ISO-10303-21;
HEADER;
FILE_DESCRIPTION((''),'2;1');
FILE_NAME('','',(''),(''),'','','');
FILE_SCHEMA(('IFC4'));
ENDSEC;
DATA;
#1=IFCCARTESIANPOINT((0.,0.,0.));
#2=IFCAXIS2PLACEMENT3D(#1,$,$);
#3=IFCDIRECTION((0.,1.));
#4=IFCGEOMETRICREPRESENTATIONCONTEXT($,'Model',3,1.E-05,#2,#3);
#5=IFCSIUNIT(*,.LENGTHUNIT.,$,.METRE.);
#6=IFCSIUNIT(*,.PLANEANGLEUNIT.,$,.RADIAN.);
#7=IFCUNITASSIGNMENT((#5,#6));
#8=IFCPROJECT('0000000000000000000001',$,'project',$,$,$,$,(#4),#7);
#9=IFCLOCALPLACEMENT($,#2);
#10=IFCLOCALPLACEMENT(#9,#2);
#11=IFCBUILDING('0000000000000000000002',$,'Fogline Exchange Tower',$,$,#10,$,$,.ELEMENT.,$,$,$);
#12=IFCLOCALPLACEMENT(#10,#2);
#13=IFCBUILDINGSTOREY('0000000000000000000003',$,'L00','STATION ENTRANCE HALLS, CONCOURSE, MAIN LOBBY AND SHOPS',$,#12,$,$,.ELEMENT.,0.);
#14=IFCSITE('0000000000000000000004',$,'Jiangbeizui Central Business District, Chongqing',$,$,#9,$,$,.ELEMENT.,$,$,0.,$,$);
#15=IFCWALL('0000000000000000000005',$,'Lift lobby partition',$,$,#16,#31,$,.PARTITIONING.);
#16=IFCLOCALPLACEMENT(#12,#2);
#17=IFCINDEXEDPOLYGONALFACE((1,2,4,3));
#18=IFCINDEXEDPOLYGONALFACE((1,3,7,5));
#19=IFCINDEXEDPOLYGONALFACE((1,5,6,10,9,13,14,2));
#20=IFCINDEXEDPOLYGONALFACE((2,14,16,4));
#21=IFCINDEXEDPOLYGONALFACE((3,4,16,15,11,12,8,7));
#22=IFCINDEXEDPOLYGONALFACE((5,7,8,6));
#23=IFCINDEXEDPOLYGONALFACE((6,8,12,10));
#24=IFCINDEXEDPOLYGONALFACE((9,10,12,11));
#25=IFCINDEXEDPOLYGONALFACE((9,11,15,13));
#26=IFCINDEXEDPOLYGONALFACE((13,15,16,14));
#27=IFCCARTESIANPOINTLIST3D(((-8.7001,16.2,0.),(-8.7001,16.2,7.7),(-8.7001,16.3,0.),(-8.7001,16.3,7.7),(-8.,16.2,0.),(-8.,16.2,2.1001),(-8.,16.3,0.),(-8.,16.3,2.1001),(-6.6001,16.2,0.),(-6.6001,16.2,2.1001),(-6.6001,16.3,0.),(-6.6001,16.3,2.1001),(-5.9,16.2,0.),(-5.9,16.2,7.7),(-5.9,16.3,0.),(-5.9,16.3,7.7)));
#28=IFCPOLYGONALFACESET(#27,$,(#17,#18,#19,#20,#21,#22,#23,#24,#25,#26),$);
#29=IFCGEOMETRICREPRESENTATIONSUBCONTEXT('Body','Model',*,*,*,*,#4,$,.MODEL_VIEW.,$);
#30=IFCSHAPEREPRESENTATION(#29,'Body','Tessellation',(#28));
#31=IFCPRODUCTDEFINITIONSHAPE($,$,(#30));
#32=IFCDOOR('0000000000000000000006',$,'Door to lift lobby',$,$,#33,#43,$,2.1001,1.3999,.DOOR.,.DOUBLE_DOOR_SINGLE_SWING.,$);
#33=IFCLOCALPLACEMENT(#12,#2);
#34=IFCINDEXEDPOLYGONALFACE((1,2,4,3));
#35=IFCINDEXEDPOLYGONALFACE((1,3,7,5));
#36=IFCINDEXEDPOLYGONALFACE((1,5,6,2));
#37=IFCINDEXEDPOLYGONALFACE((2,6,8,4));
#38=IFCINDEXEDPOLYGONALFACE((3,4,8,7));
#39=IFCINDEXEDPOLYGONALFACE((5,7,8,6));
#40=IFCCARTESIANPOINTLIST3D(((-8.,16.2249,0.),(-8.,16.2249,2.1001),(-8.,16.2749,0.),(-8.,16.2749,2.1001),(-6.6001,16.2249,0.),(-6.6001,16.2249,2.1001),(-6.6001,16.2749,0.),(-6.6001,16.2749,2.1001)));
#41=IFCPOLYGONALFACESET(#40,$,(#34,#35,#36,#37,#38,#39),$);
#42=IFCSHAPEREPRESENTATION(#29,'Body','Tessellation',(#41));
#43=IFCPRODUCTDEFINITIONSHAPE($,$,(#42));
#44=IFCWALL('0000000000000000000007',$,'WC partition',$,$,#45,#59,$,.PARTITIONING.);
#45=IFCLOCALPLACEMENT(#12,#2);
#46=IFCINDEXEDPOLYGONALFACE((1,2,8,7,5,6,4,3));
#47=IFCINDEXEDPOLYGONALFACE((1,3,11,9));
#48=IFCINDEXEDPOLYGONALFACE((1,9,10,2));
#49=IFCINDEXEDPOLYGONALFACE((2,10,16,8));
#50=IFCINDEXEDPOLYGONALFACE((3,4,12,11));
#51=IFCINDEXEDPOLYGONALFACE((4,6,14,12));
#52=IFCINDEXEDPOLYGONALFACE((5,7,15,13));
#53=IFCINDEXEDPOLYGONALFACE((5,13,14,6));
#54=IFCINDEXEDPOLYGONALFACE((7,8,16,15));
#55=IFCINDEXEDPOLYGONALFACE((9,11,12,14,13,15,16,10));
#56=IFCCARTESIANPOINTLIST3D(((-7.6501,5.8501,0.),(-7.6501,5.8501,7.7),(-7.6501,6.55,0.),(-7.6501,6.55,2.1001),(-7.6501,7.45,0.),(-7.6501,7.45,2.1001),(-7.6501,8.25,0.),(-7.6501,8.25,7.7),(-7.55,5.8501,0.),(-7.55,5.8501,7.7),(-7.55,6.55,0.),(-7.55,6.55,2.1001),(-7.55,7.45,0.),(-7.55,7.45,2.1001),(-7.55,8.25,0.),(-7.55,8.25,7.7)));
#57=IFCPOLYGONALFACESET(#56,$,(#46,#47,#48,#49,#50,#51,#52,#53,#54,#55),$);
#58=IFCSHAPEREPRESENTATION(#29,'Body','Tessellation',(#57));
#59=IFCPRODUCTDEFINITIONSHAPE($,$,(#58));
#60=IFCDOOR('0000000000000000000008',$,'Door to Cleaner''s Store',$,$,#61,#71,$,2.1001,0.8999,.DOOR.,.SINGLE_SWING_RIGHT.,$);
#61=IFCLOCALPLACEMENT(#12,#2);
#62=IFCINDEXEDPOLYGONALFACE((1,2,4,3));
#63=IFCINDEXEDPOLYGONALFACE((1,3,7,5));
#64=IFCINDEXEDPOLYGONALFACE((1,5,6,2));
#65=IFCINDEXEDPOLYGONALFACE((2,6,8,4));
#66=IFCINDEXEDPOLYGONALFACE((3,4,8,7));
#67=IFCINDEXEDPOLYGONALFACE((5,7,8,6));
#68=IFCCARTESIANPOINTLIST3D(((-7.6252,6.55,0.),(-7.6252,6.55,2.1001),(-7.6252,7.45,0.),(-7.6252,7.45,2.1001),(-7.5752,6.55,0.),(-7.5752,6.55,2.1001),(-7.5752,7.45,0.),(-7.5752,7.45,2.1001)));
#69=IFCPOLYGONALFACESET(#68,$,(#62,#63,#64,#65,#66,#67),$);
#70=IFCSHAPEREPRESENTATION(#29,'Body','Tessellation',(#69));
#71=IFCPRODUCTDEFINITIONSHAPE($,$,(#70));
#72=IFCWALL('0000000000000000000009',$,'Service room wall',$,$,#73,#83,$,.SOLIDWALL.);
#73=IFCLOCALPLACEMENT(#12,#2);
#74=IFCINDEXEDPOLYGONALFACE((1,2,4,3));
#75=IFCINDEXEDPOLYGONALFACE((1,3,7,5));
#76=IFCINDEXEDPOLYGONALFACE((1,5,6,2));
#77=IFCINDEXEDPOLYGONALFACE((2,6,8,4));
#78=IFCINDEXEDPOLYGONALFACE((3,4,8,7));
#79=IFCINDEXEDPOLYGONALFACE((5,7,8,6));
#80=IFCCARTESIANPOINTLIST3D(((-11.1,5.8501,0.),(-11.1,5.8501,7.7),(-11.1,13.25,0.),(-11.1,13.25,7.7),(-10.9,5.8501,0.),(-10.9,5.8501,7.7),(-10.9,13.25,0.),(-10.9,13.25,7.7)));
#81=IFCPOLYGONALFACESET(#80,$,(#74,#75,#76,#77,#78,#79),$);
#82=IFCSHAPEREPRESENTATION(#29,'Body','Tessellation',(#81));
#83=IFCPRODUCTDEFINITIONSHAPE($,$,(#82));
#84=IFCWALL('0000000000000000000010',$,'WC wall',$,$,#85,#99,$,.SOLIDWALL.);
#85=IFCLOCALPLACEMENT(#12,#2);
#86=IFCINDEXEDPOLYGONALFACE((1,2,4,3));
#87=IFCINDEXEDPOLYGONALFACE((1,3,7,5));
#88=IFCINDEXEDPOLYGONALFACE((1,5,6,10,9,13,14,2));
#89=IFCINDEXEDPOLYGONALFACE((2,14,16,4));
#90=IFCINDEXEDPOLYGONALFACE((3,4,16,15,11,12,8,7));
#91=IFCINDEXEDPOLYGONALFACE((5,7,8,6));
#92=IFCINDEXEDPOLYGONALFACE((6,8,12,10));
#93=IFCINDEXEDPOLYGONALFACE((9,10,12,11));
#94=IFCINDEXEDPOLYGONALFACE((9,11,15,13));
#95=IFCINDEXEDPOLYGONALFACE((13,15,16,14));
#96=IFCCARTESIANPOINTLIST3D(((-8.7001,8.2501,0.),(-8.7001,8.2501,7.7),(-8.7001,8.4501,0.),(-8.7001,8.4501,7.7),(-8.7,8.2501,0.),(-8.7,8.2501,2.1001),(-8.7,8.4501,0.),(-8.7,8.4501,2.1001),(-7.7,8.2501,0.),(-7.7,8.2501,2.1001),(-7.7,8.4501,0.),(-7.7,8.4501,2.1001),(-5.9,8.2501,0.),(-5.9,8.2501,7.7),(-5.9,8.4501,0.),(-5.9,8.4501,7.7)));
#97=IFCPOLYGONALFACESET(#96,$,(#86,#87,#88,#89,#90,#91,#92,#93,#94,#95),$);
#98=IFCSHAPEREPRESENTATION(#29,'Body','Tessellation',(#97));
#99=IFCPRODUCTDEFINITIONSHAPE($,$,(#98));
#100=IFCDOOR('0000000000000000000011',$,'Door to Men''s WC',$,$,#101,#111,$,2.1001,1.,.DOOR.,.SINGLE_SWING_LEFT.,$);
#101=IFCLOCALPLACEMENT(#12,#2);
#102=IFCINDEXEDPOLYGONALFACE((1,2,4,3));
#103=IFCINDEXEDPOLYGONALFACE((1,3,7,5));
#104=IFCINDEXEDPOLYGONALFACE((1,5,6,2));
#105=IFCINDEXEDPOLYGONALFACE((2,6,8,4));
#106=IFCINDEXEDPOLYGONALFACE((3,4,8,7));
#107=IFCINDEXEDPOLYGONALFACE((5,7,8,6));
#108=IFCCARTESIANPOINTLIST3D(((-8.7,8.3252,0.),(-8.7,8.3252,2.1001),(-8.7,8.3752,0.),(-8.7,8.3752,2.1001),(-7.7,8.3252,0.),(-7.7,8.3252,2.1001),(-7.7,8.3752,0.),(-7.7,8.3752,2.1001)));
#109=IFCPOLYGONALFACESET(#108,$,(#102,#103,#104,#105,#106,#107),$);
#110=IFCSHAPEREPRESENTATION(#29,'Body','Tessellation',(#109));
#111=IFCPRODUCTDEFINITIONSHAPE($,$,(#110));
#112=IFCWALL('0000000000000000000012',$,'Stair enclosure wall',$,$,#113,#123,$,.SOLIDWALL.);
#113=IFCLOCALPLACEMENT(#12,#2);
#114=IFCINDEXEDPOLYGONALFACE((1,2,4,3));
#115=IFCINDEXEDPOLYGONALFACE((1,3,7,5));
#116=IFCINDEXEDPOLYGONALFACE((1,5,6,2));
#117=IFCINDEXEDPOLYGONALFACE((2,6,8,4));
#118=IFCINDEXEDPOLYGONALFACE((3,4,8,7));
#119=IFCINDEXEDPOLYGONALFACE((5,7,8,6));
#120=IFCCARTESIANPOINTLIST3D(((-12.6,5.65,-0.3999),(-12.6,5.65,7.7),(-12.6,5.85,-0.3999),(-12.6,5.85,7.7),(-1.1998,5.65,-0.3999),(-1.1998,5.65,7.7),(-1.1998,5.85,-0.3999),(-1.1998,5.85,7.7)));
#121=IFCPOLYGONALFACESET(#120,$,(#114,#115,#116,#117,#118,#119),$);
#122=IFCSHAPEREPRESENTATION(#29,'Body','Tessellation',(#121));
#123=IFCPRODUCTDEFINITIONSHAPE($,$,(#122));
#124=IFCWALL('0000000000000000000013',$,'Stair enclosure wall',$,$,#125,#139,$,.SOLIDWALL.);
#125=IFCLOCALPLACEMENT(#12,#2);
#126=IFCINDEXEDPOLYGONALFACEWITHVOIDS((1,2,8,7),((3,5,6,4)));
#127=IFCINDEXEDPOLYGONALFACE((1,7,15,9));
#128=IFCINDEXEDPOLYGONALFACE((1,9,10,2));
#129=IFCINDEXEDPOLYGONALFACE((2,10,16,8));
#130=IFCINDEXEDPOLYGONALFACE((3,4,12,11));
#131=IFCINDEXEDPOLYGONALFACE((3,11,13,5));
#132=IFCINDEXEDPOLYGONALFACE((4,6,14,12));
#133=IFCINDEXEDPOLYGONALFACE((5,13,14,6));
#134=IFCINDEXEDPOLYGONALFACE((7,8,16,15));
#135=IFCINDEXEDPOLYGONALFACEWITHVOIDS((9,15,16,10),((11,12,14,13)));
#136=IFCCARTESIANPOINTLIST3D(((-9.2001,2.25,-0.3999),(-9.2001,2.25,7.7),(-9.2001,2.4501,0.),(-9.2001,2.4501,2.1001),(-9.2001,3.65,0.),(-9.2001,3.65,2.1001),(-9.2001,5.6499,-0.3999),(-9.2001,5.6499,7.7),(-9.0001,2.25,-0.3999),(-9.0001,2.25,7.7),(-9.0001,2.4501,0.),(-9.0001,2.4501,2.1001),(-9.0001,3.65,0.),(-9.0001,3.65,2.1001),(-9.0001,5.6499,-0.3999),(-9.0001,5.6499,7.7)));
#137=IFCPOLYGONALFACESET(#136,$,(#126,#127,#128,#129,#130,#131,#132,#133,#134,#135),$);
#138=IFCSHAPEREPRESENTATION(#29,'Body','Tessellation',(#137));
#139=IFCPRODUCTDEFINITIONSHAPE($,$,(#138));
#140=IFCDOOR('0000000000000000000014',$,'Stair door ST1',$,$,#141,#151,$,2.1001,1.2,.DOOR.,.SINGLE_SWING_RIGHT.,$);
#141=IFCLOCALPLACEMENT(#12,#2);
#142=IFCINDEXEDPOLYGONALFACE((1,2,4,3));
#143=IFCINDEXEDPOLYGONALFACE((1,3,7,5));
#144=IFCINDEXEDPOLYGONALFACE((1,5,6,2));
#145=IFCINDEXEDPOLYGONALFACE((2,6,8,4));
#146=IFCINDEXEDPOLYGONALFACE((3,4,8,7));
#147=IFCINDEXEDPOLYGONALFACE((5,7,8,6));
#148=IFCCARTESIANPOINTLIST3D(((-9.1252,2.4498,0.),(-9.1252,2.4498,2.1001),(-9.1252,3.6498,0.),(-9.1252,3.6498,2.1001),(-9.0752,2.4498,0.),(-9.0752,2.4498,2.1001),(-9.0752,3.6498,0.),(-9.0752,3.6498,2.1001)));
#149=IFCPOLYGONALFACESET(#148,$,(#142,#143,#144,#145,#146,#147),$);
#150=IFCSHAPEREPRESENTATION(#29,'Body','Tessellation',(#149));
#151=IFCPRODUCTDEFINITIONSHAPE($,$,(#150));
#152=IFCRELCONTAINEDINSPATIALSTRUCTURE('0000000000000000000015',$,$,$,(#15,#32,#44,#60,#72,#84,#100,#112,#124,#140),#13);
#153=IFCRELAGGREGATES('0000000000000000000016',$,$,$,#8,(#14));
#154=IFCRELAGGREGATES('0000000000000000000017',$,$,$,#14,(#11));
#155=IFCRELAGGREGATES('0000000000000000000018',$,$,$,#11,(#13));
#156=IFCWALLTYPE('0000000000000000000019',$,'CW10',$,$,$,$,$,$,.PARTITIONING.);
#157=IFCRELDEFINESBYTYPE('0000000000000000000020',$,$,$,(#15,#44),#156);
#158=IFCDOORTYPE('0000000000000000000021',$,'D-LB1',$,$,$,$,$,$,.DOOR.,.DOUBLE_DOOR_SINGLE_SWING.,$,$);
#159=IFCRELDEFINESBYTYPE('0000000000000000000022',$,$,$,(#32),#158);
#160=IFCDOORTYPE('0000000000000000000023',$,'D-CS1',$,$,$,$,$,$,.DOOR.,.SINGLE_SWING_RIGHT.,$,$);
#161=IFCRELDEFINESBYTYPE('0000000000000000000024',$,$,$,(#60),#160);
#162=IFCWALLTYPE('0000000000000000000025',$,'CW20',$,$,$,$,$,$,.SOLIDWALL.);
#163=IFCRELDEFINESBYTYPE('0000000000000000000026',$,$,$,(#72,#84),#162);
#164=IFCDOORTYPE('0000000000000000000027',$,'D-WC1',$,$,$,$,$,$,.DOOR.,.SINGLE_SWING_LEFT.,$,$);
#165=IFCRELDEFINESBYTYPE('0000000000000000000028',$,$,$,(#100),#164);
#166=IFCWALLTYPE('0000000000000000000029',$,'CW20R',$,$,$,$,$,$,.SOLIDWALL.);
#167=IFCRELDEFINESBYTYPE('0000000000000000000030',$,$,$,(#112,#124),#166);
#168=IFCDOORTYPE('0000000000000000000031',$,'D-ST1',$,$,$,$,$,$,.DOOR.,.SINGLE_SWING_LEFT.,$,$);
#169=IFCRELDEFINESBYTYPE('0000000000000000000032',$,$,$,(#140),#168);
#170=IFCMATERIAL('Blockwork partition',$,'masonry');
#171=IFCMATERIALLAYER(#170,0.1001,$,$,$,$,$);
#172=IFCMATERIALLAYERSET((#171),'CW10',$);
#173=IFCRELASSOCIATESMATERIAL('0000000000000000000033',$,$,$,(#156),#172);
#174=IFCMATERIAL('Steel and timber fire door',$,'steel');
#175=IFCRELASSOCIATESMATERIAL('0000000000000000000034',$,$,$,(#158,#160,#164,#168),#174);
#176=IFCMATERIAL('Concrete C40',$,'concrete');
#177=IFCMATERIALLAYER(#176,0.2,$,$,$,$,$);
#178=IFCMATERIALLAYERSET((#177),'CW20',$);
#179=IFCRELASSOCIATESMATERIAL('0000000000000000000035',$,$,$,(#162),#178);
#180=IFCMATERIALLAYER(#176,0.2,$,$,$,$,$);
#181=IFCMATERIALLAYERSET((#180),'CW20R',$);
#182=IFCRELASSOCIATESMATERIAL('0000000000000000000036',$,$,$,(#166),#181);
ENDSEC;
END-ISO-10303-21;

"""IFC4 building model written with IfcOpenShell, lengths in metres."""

from ifc_helpers import new_model, si_unit, direction, frame, frame_2d, origin, place, context, subcontext, project, spatial, rectangle, extrude, material, layer, layer_set, type_object, element, fill, save


model = new_model("IFC4")

# Units and contexts
model_context = context("Model", 3, precision=1e-05, world=origin(), true_north=direction((0.0, 1.0)))
body_context = subcontext(model_context, "Body", "Model", "MODEL_VIEW")
ifc_project = project(units=[si_unit("LENGTHUNIT", "METRE"), si_unit("PLANEANGLEUNIT", "RADIAN")], contexts=[model_context])

# Site, building, storey
site_placement = place(None, origin())
site = spatial("IfcSite", under=ifc_project, at=site_placement, Name="Jiangbeizui Central Business District, Chongqing", CompositionType="ELEMENT", RefElevation=0.0)
building_placement = place(site_placement, origin())
building = spatial("IfcBuilding", under=site, at=building_placement, Name="Fogline Exchange Tower", CompositionType="ELEMENT")
storey_placement = place(building_placement, origin())
storey = spatial("IfcBuildingStorey", under=building, at=storey_placement, Name="L00", Description="STATION ENTRANCE HALLS, CONCOURSE, MAIN LOBBY AND SHOPS", CompositionType="ELEMENT", Elevation=0.0)

# Walls, openings, doors
ifc_material_1 = material(Name="Blockwork partition", Category="masonry")
ifc_layer_1 = layer(ifc_material_1, 0.1001)
ifc_layer_set_1 = layer_set([ifc_layer_1], Name="CW10")
wall_type_1 = type_object("IfcWallType", Name="CW10", PredefinedType="PARTITIONING", material=ifc_layer_set_1)
wall_1_placement = place(storey_placement, frame((-8.7, 16.25, 0.0), z_axis=(0.0, 0.0, 1.0), x_axis=(1.0, 0.0, 0.0)))
wall_1 = element("IfcWall", 1, at=wall_1_placement, inside=storey, type_object=wall_type_1, Name="Lift lobby partition", PredefinedType="PARTITIONING", context=body_context, shape_type="SweptSolid", body=[
    extrude(rectangle(XDim=2.8, YDim=0.1001, at=frame_2d((1.3999, 0.0))), origin(), (0.0, 0.0, 1.0), 7.7),
])
opening_1_placement = place(wall_1_placement, frame((0.7, 0.0, 0.0)))
opening_1 = element("IfcOpeningElement", 2, at=opening_1_placement, cuts=wall_1, PredefinedType="OPENING", context=body_context, shape_type="SweptSolid", body=[
    extrude(rectangle(XDim=1.3999, YDim=2.1001, at=frame_2d((0.7, 1.05))), frame((0.0, 0.0601, 0.0), z_axis=(0.0, -1.0, 0.0), x_axis=(1.0, 0.0, 0.0)), (0.0, 0.0, 1.0), 0.1201),
])
ifc_material_2 = material(Name="Steel and timber fire door", Category="steel")
door_type_1 = type_object("IfcDoorType", Name="D-LB1", OperationType="DOUBLE_DOOR_SINGLE_SWING", PredefinedType="DOOR", material=ifc_material_2)
door_1_placement = place(opening_1_placement, origin())
door_1 = element("IfcDoor", 3, at=door_1_placement, inside=storey, type_object=door_type_1, Name="Door to lift lobby", OperationType="DOUBLE_DOOR_SINGLE_SWING", OverallHeight=2.1001, OverallWidth=1.3999, PredefinedType="DOOR", context=body_context, shape_type="SweptSolid", body=[
    extrude(rectangle(XDim=1.3999, YDim=2.1001, at=frame_2d((0.7, 1.05))), frame((0.0, 0.0249, 0.0), z_axis=(0.0, -1.0, 0.0), x_axis=(1.0, 0.0, 0.0)), (0.0, 0.0, 1.0), 0.05),
])
fill(opening_1, door_1)
wall_2_placement = place(storey_placement, frame((-7.6001, 5.8501, 0.0), z_axis=(0.0, 0.0, 1.0), x_axis=(0.0, 1.0, 0.0)))
wall_2 = element("IfcWall", 4, at=wall_2_placement, inside=storey, type_object=wall_type_1, Name="WC partition", PredefinedType="PARTITIONING", context=body_context, shape_type="SweptSolid", body=[
    extrude(rectangle(XDim=2.3999, YDim=0.1001, at=frame_2d((1.2, 0.0))), origin(), (0.0, 0.0, 1.0), 7.7),
])
opening_2_placement = place(wall_2_placement, frame((0.7, 0.0, 0.0)))
opening_2 = element("IfcOpeningElement", 5, at=opening_2_placement, cuts=wall_2, PredefinedType="OPENING", context=body_context, shape_type="SweptSolid", body=[
    extrude(rectangle(XDim=0.8999, YDim=2.1001, at=frame_2d((0.45, 1.05))), frame((0.0, 0.0601, 0.0), z_axis=(0.0, -1.0, 0.0), x_axis=(1.0, 0.0, 0.0)), (0.0, 0.0, 1.0), 0.1201),
])
door_type_2 = type_object("IfcDoorType", Name="D-CS1", OperationType="SINGLE_SWING_RIGHT", PredefinedType="DOOR", material=ifc_material_2)
door_2_placement = place(opening_2_placement, frame((0.8999, 0.0, 0.0), z_axis=(0.0, 0.0, 1.0), x_axis=(-1.0, 0.0, 0.0)))
door_2 = element("IfcDoor", 6, at=door_2_placement, inside=storey, type_object=door_type_2, Name="Door to Cleaner's Store", OperationType="SINGLE_SWING_RIGHT", OverallHeight=2.1001, OverallWidth=0.8999, PredefinedType="DOOR", context=body_context, shape_type="SweptSolid", body=[
    extrude(rectangle(XDim=0.8999, YDim=2.1001, at=frame_2d((0.45, 1.05))), frame((0.0, 0.0249, 0.0), z_axis=(0.0, -1.0, 0.0), x_axis=(1.0, 0.0, 0.0)), (0.0, 0.0, 1.0), 0.05),
])
fill(opening_2, door_2)

# Wall
ifc_material_3 = material(Name="Concrete C40", Category="concrete")
ifc_layer_2 = layer(ifc_material_3, 0.2)
ifc_layer_set_2 = layer_set([ifc_layer_2], Name="CW20")
wall_type_2 = type_object("IfcWallType", Name="CW20", PredefinedType="SOLIDWALL", material=ifc_layer_set_2)
wall_3_placement = place(storey_placement, frame((-11.0, 5.8501, 0.0), z_axis=(0.0, 0.0, 1.0), x_axis=(0.0, 1.0, 0.0)))
element("IfcWall", 7, at=wall_3_placement, inside=storey, type_object=wall_type_2, Name="Service room wall", PredefinedType="SOLIDWALL", context=body_context, shape_type="SweptSolid", body=[
    extrude(rectangle(XDim=7.3999, YDim=0.2, at=frame_2d((3.7, 0.0))), origin(), (0.0, 0.0, 1.0), 7.7),
])

# Wall, opening, door
wall_4_placement = place(storey_placement, frame((-8.7, 8.3501, 0.0), z_axis=(0.0, 0.0, 1.0), x_axis=(1.0, 0.0, 0.0)))
wall_4 = element("IfcWall", 8, at=wall_4_placement, inside=storey, type_object=wall_type_2, Name="WC wall", PredefinedType="SOLIDWALL", context=body_context, shape_type="SweptSolid", body=[
    extrude(rectangle(XDim=2.8, YDim=0.2, at=frame_2d((1.3999, 0.0))), origin(), (0.0, 0.0, 1.0), 7.7),
])
opening_3_placement = place(wall_4_placement, origin())
opening_3 = element("IfcOpeningElement", 9, at=opening_3_placement, cuts=wall_4, PredefinedType="OPENING", context=body_context, shape_type="SweptSolid", body=[
    extrude(rectangle(XDim=1.0, YDim=2.1001, at=frame_2d((0.5, 1.05))), frame((0.0, 0.1099, 0.0), z_axis=(0.0, -1.0, 0.0), x_axis=(1.0, 0.0, 0.0)), (0.0, 0.0, 1.0), 0.22),
])
door_type_3 = type_object("IfcDoorType", Name="D-WC1", OperationType="SINGLE_SWING_LEFT", PredefinedType="DOOR", material=ifc_material_2)
door_3_placement = place(opening_3_placement, frame((1.0, 0.0, 0.0), z_axis=(0.0, 0.0, 1.0), x_axis=(-1.0, 0.0, 0.0)))
door_3 = element("IfcDoor", 10, at=door_3_placement, inside=storey, type_object=door_type_3, Name="Door to Men's WC", OperationType="SINGLE_SWING_LEFT", OverallHeight=2.1001, OverallWidth=1.0, PredefinedType="DOOR", context=body_context, shape_type="SweptSolid", body=[
    extrude(rectangle(XDim=1.0, YDim=2.1001, at=frame_2d((0.5, 1.05))), frame((0.0, 0.0249, 0.0), z_axis=(0.0, -1.0, 0.0), x_axis=(1.0, 0.0, 0.0)), (0.0, 0.0, 1.0), 0.05),
])
fill(opening_3, door_3)

# Wall
ifc_layer_3 = layer(ifc_material_3, 0.2)
ifc_layer_set_3 = layer_set([ifc_layer_3], Name="CW20R")
wall_type_3 = type_object("IfcWallType", Name="CW20R", PredefinedType="SOLIDWALL", material=ifc_layer_set_3)
wall_5_placement = place(storey_placement, frame((-12.6001, 5.75, -0.3999), z_axis=(0.0, 0.0, 1.0), x_axis=(1.0, 0.0, 0.0)))
element("IfcWall", 11, at=wall_5_placement, inside=storey, type_object=wall_type_3, Name="Stair enclosure wall", PredefinedType="SOLIDWALL", context=body_context, shape_type="SweptSolid", body=[
    extrude(rectangle(XDim=11.4001, YDim=0.2, at=frame_2d((5.7002, 0.0))), origin(), (0.0, 0.0, 1.0), 8.0999),
])

# Wall, opening, door
wall_6_placement = place(storey_placement, frame((-9.1001, 2.25, -0.3999), z_axis=(0.0, 0.0, 1.0), x_axis=(0.0, 1.0, 0.0)))
wall_6 = element("IfcWall", 12, at=wall_6_placement, inside=storey, type_object=wall_type_3, Name="Stair enclosure wall", PredefinedType="SOLIDWALL", context=body_context, shape_type="SweptSolid", body=[
    extrude(rectangle(XDim=3.3999, YDim=0.2, at=frame_2d((1.7, 0.0))), origin(), (0.0, 0.0, 1.0), 8.0999),
])
opening_4_placement = place(wall_6_placement, frame((0.2, 0.0, 0.3999)))
opening_4 = element("IfcOpeningElement", 13, at=opening_4_placement, cuts=wall_6, PredefinedType="OPENING", context=body_context, shape_type="SweptSolid", body=[
    extrude(rectangle(XDim=1.2, YDim=2.1001, at=frame_2d((0.6001, 1.05))), frame((0.0, 0.1099, 0.0), z_axis=(0.0, -1.0, 0.0), x_axis=(1.0, 0.0, 0.0)), (0.0, 0.0, 1.0), 0.22),
])
door_type_4 = type_object("IfcDoorType", Name="D-ST1", OperationType="SINGLE_SWING_LEFT", PredefinedType="DOOR", material=ifc_material_2)
door_4_placement = place(opening_4_placement, frame((1.2, 0.0, 0.0), z_axis=(0.0, 0.0, 1.0), x_axis=(-1.0, 0.0, 0.0)))
door_4 = element("IfcDoor", 14, at=door_4_placement, inside=storey, type_object=door_type_4, Name="Stair door ST1", OperationType="SINGLE_SWING_RIGHT", OverallHeight=2.1001, OverallWidth=1.2, PredefinedType="DOOR", context=body_context, shape_type="SweptSolid", body=[
    extrude(rectangle(XDim=1.2, YDim=2.1001, at=frame_2d((0.6001, 1.05))), frame((0.0, 0.0249, 0.0), z_axis=(0.0, -1.0, 0.0), x_axis=(1.0, 0.0, 0.0)), (0.0, 0.0, 1.0), 0.05),
])
fill(opening_4, door_4)

save(model, "model.ifc")
